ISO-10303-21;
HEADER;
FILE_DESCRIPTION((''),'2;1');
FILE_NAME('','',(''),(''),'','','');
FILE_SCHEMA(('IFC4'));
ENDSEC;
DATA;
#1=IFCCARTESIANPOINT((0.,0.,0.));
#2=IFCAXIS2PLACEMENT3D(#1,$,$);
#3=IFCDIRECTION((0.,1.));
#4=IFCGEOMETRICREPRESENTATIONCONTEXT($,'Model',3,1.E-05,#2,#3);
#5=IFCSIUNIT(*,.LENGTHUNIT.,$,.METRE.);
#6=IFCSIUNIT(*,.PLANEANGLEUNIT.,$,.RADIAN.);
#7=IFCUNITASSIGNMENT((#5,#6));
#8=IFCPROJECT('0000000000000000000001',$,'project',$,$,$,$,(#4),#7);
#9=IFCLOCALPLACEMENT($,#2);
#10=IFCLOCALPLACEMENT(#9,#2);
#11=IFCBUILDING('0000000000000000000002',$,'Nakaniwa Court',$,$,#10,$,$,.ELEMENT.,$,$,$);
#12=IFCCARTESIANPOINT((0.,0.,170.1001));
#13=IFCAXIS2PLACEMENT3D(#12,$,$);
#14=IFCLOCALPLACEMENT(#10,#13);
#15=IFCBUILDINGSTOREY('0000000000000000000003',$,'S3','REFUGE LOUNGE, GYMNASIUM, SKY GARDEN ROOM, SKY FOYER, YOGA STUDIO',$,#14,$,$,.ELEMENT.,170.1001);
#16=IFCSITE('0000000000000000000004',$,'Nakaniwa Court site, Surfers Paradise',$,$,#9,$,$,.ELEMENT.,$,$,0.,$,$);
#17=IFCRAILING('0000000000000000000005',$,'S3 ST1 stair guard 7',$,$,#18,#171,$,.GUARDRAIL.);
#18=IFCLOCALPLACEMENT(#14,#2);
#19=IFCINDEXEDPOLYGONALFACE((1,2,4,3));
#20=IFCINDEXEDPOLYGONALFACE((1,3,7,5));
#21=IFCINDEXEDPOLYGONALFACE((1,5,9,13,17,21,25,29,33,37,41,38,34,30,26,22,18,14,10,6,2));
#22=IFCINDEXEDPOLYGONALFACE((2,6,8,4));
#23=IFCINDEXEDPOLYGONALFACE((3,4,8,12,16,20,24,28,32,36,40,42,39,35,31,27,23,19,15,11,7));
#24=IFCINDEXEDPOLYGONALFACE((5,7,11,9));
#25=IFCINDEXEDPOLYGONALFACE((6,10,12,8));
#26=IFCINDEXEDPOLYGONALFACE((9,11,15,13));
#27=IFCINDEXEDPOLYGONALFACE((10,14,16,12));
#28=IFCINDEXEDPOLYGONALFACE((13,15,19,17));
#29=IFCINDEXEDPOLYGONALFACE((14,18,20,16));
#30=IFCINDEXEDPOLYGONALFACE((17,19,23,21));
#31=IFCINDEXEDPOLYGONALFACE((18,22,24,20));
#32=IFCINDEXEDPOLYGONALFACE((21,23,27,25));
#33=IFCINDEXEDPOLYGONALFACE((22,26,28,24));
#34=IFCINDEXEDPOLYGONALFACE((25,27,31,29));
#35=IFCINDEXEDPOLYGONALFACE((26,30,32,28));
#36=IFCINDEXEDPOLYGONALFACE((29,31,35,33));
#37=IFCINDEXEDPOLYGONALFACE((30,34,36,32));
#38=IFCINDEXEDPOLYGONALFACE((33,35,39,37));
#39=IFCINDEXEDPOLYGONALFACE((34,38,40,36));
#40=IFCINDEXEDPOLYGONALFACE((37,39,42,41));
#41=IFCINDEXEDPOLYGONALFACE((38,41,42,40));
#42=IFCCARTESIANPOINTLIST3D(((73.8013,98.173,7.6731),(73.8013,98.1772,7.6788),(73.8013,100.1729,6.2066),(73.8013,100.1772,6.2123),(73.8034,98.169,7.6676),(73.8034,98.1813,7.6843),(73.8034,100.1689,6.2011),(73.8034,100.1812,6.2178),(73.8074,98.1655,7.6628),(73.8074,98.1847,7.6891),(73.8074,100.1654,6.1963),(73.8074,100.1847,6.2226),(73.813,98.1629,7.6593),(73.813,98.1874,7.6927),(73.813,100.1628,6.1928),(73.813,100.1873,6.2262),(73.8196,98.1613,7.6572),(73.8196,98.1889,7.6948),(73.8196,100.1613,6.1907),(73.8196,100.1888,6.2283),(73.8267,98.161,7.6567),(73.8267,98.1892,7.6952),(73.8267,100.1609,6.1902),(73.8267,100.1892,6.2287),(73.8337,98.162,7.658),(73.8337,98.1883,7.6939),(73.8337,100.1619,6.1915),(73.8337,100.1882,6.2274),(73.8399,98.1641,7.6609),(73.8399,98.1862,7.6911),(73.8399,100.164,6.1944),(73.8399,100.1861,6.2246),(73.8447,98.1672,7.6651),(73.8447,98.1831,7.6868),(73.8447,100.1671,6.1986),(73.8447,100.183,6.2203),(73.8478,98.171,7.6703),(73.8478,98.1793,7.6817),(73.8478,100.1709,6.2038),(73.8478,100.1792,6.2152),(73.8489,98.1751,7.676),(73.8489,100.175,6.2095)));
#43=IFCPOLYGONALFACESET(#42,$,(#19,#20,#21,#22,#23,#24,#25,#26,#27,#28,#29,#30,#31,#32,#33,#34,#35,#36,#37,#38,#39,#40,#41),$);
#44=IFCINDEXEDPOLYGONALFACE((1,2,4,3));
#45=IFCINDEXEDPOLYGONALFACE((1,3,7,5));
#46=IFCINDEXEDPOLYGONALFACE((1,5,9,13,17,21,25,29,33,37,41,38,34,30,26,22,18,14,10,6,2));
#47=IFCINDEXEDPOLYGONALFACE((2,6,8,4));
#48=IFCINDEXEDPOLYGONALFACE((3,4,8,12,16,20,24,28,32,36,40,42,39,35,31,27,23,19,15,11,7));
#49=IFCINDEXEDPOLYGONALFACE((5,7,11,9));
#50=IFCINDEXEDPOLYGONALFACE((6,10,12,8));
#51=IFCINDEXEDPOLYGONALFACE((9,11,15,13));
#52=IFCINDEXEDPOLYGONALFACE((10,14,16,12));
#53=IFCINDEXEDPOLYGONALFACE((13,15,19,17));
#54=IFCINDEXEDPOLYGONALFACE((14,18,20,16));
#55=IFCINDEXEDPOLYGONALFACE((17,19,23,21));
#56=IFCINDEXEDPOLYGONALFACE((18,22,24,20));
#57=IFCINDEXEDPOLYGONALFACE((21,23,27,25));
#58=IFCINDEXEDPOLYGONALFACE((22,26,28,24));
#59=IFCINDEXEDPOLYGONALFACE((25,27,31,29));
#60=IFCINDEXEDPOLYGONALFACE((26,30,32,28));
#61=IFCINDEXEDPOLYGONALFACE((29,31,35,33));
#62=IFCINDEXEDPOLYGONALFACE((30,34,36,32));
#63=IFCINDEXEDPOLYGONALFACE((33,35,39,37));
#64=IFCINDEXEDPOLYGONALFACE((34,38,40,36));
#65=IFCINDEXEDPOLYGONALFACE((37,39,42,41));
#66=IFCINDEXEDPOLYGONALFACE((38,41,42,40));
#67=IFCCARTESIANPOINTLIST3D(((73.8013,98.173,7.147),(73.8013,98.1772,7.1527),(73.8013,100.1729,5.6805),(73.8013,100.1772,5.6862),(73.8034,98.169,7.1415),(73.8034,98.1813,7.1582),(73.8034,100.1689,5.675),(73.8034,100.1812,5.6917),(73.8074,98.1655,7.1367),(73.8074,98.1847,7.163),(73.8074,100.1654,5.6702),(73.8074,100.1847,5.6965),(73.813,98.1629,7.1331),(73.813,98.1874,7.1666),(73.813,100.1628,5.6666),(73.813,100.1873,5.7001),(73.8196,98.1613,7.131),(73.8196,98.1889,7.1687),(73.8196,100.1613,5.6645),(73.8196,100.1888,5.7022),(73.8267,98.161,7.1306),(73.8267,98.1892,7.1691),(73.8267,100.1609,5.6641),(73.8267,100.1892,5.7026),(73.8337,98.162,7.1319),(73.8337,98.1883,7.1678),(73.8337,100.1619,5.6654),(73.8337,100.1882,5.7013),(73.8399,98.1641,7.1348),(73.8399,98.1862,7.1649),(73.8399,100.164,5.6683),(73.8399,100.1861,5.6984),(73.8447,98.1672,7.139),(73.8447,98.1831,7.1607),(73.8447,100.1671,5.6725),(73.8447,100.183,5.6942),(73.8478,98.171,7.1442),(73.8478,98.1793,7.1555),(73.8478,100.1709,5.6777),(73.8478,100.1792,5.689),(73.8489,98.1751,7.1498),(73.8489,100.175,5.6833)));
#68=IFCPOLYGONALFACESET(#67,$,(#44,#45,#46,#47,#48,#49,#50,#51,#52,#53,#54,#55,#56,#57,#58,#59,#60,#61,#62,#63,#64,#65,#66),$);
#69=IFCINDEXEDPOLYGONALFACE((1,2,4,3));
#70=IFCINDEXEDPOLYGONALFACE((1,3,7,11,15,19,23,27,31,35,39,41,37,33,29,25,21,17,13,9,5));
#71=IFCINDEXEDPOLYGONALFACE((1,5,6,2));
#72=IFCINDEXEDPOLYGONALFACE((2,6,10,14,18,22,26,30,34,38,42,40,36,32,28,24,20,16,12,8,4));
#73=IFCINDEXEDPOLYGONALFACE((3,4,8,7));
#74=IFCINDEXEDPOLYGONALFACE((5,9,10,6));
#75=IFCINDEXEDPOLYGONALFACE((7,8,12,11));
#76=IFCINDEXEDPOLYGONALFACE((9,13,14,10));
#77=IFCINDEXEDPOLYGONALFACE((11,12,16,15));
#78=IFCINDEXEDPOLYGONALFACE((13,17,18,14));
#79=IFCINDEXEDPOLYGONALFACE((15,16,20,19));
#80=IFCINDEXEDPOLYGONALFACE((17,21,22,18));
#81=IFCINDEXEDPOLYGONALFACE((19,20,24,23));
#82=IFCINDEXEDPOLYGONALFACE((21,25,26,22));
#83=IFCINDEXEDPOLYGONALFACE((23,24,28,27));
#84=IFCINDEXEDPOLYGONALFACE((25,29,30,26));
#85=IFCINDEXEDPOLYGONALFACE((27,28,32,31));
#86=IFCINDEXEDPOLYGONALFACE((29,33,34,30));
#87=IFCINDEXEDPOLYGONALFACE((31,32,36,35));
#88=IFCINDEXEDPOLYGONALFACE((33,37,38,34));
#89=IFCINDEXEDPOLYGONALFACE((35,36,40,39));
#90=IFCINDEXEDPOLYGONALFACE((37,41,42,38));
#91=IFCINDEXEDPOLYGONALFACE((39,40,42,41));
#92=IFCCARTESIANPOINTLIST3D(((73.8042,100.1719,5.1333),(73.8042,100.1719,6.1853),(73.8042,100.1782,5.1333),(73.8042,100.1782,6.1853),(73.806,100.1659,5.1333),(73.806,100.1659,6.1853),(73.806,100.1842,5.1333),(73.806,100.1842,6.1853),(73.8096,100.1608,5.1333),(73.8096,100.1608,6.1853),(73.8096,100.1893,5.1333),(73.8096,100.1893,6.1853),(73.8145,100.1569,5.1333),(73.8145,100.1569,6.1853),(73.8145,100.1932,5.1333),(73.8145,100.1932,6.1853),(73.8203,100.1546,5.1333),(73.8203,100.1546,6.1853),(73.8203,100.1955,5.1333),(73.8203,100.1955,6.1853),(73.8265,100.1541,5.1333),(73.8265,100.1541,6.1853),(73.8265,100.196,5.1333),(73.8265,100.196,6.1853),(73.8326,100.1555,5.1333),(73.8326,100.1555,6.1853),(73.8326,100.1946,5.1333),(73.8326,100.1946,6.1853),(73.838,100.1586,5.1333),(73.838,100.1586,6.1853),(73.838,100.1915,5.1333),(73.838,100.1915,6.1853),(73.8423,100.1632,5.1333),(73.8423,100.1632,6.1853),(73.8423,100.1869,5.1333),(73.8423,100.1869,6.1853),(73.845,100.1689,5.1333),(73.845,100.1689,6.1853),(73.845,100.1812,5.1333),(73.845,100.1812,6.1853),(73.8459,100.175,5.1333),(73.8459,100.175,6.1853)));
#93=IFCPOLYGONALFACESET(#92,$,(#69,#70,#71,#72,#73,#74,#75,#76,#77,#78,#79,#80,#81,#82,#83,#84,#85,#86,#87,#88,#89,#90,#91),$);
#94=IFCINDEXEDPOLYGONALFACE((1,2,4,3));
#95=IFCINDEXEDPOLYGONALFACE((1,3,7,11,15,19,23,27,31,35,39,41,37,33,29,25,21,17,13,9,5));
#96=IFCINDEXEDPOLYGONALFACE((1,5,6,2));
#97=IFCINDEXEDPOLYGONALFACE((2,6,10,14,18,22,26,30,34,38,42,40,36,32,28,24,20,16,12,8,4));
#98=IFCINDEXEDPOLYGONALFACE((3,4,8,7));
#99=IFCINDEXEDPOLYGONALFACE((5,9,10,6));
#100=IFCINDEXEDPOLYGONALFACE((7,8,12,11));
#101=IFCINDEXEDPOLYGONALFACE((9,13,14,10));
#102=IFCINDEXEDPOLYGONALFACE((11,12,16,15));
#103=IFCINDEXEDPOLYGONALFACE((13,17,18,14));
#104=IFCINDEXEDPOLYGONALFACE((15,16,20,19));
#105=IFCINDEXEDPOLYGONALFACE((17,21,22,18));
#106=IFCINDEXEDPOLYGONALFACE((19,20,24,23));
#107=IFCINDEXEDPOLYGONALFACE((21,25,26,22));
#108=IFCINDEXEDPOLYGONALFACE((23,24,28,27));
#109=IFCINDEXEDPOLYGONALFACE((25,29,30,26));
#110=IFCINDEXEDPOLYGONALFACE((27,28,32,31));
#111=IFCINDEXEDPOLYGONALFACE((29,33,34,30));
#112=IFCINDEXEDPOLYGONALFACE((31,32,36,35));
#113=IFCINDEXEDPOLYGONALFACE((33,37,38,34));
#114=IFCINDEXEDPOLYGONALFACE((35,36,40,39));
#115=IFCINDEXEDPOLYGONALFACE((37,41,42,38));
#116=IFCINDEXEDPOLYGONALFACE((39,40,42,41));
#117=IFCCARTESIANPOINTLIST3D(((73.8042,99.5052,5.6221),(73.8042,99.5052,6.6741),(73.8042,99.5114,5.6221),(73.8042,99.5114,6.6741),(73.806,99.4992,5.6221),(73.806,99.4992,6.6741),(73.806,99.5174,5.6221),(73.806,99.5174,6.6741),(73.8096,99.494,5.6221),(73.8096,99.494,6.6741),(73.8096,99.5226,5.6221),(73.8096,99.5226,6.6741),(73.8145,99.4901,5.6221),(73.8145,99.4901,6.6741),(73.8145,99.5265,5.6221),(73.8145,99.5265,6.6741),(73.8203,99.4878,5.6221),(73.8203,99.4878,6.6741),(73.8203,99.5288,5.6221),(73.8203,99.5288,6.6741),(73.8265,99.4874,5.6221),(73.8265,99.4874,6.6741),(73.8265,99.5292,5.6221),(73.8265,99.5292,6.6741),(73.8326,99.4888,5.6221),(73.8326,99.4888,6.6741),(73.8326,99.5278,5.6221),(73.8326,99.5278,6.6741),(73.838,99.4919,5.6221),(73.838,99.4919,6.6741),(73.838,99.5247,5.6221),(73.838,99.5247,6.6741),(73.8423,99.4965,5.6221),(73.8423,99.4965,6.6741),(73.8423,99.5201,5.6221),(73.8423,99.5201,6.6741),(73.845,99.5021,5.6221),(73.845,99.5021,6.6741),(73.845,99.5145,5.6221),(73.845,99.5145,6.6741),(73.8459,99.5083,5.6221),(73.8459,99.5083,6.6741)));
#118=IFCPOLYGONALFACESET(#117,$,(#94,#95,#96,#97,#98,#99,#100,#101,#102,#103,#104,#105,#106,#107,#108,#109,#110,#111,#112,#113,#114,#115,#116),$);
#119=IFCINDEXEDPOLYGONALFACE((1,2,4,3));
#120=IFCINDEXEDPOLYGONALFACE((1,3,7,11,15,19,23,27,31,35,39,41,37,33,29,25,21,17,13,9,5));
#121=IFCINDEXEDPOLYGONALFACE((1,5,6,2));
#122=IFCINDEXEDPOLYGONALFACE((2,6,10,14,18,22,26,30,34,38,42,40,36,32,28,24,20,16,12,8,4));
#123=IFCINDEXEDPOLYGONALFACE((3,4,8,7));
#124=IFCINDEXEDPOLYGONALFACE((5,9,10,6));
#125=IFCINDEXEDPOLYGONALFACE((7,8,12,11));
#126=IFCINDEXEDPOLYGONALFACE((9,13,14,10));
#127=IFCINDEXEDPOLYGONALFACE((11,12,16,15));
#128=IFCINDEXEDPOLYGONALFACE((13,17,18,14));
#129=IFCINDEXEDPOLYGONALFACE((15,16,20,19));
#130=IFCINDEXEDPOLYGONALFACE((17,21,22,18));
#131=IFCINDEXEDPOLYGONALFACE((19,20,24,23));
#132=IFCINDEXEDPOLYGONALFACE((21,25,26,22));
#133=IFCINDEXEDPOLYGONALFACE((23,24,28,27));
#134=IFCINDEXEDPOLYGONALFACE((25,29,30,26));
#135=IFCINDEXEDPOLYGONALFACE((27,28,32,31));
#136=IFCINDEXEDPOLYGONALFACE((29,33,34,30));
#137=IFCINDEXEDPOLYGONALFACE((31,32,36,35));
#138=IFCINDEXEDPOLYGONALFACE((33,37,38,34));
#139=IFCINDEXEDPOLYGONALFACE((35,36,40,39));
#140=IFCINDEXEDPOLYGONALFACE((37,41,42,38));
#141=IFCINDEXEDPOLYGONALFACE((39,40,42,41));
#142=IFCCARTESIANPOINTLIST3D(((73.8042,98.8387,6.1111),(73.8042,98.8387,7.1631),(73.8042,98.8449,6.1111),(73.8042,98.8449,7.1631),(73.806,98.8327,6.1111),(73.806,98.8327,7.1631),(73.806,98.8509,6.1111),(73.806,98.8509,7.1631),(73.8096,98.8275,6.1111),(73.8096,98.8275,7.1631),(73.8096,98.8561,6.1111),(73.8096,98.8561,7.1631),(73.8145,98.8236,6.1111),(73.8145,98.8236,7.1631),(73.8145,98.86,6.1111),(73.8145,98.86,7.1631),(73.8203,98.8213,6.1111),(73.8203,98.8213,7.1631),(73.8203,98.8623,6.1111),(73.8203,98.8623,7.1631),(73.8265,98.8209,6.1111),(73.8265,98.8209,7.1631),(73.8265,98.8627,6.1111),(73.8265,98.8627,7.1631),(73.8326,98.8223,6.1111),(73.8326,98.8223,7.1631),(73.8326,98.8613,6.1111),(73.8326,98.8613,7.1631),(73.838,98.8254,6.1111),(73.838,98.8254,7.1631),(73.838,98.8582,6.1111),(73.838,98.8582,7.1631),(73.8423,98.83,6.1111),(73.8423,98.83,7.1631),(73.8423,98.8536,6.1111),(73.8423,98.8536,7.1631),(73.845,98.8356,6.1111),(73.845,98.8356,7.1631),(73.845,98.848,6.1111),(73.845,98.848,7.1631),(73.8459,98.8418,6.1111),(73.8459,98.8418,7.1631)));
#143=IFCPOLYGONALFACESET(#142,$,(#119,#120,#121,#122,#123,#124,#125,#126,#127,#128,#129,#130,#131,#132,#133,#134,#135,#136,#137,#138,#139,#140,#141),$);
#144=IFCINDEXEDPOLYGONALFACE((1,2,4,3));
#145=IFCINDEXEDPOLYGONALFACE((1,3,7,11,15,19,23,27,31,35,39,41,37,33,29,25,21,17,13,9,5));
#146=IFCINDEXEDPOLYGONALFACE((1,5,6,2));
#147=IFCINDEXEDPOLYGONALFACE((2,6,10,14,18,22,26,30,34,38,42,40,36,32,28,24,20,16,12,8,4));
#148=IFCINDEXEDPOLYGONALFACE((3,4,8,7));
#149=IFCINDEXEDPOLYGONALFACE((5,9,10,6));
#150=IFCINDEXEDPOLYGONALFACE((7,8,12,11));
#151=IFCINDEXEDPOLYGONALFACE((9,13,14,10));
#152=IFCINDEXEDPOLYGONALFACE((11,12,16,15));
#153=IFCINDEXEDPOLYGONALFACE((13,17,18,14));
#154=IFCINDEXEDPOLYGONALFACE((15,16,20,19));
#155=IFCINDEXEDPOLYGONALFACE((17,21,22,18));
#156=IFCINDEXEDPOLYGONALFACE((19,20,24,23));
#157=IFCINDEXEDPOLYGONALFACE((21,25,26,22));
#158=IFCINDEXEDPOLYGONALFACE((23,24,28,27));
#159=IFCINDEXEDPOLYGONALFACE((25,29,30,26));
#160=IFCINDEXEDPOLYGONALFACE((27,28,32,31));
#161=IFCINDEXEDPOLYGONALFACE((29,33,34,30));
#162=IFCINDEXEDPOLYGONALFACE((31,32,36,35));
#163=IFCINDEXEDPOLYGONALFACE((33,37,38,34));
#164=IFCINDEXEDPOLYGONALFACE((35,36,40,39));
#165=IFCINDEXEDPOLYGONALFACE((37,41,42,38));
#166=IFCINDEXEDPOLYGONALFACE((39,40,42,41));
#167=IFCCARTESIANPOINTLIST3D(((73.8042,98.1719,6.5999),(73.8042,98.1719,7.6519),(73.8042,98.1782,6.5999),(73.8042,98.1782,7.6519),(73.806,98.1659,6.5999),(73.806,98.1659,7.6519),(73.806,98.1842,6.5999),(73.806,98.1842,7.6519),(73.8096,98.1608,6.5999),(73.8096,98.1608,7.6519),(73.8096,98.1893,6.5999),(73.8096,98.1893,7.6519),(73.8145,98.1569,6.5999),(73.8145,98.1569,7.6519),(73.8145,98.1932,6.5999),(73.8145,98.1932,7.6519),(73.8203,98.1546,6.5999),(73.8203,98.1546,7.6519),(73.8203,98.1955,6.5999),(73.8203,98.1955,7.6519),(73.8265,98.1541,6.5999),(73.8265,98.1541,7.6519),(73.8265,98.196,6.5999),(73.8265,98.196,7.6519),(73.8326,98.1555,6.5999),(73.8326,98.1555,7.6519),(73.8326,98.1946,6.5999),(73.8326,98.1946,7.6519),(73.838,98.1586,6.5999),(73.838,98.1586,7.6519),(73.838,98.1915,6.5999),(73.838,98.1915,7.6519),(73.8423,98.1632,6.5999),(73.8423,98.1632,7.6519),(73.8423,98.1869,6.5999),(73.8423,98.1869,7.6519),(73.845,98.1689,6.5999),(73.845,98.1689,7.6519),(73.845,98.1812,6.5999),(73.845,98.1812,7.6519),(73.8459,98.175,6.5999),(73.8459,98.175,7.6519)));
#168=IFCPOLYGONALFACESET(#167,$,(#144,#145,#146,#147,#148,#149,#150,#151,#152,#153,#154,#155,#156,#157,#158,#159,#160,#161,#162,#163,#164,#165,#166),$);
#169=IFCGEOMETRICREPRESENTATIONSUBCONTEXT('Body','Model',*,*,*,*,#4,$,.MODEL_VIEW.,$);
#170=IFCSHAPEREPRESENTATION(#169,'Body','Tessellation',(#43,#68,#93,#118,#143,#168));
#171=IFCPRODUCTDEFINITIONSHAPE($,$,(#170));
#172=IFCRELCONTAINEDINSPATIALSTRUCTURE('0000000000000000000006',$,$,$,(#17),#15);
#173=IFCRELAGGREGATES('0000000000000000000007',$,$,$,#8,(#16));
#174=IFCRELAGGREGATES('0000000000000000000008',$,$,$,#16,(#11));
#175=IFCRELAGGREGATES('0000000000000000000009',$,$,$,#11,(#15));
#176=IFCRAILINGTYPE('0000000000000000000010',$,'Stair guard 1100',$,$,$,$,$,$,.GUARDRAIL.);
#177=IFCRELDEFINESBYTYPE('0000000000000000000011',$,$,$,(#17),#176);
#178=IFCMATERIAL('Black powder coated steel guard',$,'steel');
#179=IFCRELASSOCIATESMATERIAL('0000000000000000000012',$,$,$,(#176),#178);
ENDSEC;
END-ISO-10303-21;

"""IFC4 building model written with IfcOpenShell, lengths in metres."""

from ifc_helpers import new_model, si_unit, direction, frame, origin, origin_2d, place, context, subcontext, project, spatial, circle, extrude, material, type_object, element, save


model = new_model("IFC4")

# Units and contexts
model_context = context("Model", 3, precision=1e-05, world=origin(), true_north=direction((0.0, 1.0)))
body_context = subcontext(model_context, "Body", "Model", "MODEL_VIEW")
ifc_project = project(units=[si_unit("LENGTHUNIT", "METRE"), si_unit("PLANEANGLEUNIT", "RADIAN")], contexts=[model_context])

# Site, building, storey
site_placement = place(None, origin())
site = spatial("IfcSite", under=ifc_project, at=site_placement, Name="Nakaniwa Court site, Surfers Paradise", CompositionType="ELEMENT", RefElevation=0.0)
building_placement = place(site_placement, origin())
building = spatial("IfcBuilding", under=site, at=building_placement, Name="Nakaniwa Court", CompositionType="ELEMENT")
storey_placement = place(building_placement, frame((0.0, 0.0, 170.1001)))
storey = spatial("IfcBuildingStorey", under=building, at=storey_placement, Name="S3", Description="REFUGE LOUNGE, GYMNASIUM, SKY GARDEN ROOM, SKY FOYER, YOGA STUDIO", CompositionType="ELEMENT", Elevation=170.1001)

# Railing
ifc_material_1 = material(Name="Black powder coated steel guard", Category="steel")
railing_type_1 = type_object("IfcRailingType", Name="Stair guard 1100", PredefinedType="GUARDRAIL", material=ifc_material_1)
railing_1_placement = place(storey_placement, frame((73.825, 100.175, 5.1333)))
element("IfcRailing", 1, at=railing_1_placement, inside=storey, type_object=railing_type_1, Name="S3 ST1 stair guard 7", PredefinedType="GUARDRAIL", context=body_context, shape_type="SweptSolid", body=[
    extrude(circle(Radius=0.0239, at=origin_2d()), frame((0.0, 0.0, 1.0762), z_axis=(0.0, -0.806427, 0.591334), x_axis=(1.0, 0.0, 0.0)), (0.0, 0.0, 1.0), 2.48),
    extrude(circle(Radius=0.0239, at=origin_2d()), frame((0.0, 0.0, 0.55), z_axis=(0.0, -0.806427, 0.591334), x_axis=(1.0, 0.0, 0.0)), (0.0, 0.0, 1.0), 2.48),
    extrude(circle(Radius=0.021, at=origin_2d()), origin(), (0.0, 0.0, 1.0), 1.052),
    extrude(circle(Radius=0.021, at=origin_2d()), frame((0.0, -0.6667, 0.4888)), (0.0, 0.0, 1.0), 1.052),
    extrude(circle(Radius=0.021, at=origin_2d()), frame((0.0, -1.3333, 0.9778)), (0.0, 0.0, 1.0), 1.052),
    extrude(circle(Radius=0.021, at=origin_2d()), frame((0.0, -2.0, 1.4666)), (0.0, 0.0, 1.0), 1.052),
])

save(model, "model.ifc")
